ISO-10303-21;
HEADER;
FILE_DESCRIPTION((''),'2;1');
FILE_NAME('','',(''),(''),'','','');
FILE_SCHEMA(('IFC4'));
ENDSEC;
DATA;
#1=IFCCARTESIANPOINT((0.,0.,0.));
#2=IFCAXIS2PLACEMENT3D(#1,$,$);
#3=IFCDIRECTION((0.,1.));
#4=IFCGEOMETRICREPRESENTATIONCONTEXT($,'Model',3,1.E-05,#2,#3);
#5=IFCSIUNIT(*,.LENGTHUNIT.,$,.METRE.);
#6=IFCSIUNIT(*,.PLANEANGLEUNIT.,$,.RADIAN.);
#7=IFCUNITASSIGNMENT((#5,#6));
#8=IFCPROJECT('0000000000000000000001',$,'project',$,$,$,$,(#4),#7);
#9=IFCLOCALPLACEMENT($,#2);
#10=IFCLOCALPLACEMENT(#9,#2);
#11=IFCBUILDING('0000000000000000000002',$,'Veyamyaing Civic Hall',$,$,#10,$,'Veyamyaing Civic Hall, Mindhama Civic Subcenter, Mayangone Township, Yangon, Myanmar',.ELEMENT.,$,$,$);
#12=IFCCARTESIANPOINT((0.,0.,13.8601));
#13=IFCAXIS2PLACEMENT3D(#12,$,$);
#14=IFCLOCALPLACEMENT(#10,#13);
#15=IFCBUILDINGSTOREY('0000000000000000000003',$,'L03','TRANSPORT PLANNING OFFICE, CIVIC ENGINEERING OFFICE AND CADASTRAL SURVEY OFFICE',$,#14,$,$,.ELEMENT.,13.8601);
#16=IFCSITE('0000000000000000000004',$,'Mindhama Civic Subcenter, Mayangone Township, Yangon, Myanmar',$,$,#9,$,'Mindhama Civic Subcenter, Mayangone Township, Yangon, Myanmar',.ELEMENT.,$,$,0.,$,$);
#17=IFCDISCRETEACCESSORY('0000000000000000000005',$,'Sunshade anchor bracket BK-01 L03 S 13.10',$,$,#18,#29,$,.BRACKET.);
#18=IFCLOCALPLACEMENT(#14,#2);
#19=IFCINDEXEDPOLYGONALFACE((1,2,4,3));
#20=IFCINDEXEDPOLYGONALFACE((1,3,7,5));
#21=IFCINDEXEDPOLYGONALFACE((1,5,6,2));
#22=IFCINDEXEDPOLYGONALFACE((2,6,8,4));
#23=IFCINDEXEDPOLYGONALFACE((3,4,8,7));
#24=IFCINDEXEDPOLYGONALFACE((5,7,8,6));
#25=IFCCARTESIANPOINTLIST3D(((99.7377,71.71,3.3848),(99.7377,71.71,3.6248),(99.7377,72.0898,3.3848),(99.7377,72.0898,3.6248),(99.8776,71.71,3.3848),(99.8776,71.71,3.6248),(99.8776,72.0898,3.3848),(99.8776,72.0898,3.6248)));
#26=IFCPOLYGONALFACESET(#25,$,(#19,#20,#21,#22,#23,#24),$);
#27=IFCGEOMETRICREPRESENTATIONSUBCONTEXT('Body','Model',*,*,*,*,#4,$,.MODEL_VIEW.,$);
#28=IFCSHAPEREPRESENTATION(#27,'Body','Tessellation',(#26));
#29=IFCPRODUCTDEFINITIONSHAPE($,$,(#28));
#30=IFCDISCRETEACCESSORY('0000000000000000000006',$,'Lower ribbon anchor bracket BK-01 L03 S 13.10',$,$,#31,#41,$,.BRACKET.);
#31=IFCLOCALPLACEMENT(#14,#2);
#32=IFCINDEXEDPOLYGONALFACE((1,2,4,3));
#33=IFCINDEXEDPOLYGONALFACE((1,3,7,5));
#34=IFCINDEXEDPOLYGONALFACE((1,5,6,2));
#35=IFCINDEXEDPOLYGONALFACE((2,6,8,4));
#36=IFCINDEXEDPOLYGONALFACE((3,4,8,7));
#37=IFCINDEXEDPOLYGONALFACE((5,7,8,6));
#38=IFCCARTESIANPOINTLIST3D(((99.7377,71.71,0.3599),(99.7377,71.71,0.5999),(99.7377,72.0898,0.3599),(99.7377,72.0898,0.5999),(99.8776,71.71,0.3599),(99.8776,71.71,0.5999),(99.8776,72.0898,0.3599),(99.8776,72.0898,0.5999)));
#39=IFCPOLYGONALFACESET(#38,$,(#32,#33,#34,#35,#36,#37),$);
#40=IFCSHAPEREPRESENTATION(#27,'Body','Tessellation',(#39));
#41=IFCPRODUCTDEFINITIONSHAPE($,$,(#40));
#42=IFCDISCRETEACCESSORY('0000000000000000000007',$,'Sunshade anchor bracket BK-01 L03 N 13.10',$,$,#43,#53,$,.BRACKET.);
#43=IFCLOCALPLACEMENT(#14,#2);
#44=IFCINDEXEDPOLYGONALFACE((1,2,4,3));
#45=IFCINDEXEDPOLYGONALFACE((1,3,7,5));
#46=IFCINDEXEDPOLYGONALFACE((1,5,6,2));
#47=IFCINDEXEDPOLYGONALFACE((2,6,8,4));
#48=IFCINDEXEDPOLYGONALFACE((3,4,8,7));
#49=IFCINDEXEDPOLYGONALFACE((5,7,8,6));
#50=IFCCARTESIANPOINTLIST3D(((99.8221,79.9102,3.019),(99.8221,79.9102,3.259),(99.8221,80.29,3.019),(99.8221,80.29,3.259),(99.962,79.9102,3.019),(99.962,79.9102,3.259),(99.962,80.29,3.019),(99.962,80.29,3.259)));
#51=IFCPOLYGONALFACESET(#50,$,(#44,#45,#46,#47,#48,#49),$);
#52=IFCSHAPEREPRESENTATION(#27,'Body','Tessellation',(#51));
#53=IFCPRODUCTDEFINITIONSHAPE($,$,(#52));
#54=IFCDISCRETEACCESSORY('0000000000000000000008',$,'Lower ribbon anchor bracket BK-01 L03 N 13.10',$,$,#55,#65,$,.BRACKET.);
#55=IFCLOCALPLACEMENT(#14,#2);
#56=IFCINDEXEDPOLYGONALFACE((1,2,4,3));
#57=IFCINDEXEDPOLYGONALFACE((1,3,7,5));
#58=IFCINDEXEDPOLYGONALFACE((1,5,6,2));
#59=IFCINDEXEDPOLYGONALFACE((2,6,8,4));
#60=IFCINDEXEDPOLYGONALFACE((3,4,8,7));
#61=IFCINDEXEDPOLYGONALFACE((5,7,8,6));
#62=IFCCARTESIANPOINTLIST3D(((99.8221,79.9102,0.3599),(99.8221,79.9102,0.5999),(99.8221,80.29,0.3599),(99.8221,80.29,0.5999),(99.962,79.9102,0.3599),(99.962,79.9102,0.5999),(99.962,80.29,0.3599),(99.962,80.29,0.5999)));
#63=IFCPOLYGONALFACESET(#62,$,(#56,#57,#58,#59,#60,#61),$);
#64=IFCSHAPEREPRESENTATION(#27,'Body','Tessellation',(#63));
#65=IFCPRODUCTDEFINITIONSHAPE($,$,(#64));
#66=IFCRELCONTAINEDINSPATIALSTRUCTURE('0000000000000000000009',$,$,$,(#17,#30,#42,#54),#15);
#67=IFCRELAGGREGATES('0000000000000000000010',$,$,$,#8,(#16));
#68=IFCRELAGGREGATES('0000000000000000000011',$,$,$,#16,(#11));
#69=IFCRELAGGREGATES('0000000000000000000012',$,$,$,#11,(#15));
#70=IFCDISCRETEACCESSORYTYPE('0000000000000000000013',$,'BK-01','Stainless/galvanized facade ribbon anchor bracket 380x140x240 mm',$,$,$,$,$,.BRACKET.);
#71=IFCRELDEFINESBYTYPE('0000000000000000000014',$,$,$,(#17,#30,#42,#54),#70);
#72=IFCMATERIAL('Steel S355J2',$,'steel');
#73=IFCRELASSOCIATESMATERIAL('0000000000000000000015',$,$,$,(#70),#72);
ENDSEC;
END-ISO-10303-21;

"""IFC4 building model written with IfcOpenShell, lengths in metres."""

from ifc_helpers import new_model, si_unit, direction, frame, origin, origin_2d, place, context, subcontext, project, spatial, rectangle, extrude, material, type_object, element, save


model = new_model("IFC4")

# Units and contexts
model_context = context("Model", 3, precision=1e-05, world=origin(), true_north=direction((0.0, 1.0)))
body_context = subcontext(model_context, "Body", "Model", "MODEL_VIEW")
ifc_project = project(units=[si_unit("LENGTHUNIT", "METRE"), si_unit("PLANEANGLEUNIT", "RADIAN")], contexts=[model_context])

# Site, building, storey
site_placement = place(None, origin())
site = spatial("IfcSite", under=ifc_project, at=site_placement, Name="Mindhama Civic Subcenter, Mayangone Township, Yangon, Myanmar", LongName="Mindhama Civic Subcenter, Mayangone Township, Yangon, Myanmar", CompositionType="ELEMENT", RefElevation=0.0)
building_placement = place(site_placement, origin())
building = spatial("IfcBuilding", under=site, at=building_placement, Name="Veyamyaing Civic Hall", LongName="Veyamyaing Civic Hall, Mindhama Civic Subcenter, Mayangone Township, Yangon, Myanmar", CompositionType="ELEMENT")
storey_placement = place(building_placement, frame((0.0, 0.0, 13.8601)))
storey = spatial("IfcBuildingStorey", under=building, at=storey_placement, Name="L03", Description="TRANSPORT PLANNING OFFICE, CIVIC ENGINEERING OFFICE AND CADASTRAL SURVEY OFFICE", CompositionType="ELEMENT", Elevation=13.8601)

# Shared definitions
ifc_material_1 = material(Name="Steel S355J2", Category="steel")

# Discrete accessories
discrete_accessory_type = type_object("IfcDiscreteAccessoryType", Name="BK-01", Description="Stainless/galvanized facade ribbon anchor bracket 380x140x240 mm", PredefinedType="BRACKET", material=ifc_material_1)
for number, where, z_axis, x_axis, name in (
    (1, (99.8076, 71.8999, 3.3848), (0.0, 0.0, 1.0), (0.0, -1.0, 0.0), "Sunshade anchor bracket BK-01 L03 S 13.10"),
    (2, (99.8076, 71.8999, 0.3599), (0.0, 0.0, 1.0), (0.0, -1.0, 0.0), "Lower ribbon anchor bracket BK-01 L03 S 13.10"),
    (3, (99.8921, 80.1001, 3.019), (0.0, 0.0, 1.0), (0.0, 1.0, 0.0), "Sunshade anchor bracket BK-01 L03 N 13.10"),
    (4, (99.8921, 80.1001, 0.3599), (0.0, 0.0, 1.0), (0.0, 1.0, 0.0), "Lower ribbon anchor bracket BK-01 L03 N 13.10"),
):
    element("IfcDiscreteAccessory", number, at=place(storey_placement, frame(where, z_axis=z_axis, x_axis=x_axis)), inside=storey, type_object=discrete_accessory_type, Name=name, PredefinedType="BRACKET", context=body_context, shape_type="SweptSolid", body=[
        extrude(rectangle(XDim=0.3799, YDim=0.1399, at=origin_2d()), origin(), (0.0, 0.0, 1.0), 0.24),
    ])

save(model, "model.ifc")
